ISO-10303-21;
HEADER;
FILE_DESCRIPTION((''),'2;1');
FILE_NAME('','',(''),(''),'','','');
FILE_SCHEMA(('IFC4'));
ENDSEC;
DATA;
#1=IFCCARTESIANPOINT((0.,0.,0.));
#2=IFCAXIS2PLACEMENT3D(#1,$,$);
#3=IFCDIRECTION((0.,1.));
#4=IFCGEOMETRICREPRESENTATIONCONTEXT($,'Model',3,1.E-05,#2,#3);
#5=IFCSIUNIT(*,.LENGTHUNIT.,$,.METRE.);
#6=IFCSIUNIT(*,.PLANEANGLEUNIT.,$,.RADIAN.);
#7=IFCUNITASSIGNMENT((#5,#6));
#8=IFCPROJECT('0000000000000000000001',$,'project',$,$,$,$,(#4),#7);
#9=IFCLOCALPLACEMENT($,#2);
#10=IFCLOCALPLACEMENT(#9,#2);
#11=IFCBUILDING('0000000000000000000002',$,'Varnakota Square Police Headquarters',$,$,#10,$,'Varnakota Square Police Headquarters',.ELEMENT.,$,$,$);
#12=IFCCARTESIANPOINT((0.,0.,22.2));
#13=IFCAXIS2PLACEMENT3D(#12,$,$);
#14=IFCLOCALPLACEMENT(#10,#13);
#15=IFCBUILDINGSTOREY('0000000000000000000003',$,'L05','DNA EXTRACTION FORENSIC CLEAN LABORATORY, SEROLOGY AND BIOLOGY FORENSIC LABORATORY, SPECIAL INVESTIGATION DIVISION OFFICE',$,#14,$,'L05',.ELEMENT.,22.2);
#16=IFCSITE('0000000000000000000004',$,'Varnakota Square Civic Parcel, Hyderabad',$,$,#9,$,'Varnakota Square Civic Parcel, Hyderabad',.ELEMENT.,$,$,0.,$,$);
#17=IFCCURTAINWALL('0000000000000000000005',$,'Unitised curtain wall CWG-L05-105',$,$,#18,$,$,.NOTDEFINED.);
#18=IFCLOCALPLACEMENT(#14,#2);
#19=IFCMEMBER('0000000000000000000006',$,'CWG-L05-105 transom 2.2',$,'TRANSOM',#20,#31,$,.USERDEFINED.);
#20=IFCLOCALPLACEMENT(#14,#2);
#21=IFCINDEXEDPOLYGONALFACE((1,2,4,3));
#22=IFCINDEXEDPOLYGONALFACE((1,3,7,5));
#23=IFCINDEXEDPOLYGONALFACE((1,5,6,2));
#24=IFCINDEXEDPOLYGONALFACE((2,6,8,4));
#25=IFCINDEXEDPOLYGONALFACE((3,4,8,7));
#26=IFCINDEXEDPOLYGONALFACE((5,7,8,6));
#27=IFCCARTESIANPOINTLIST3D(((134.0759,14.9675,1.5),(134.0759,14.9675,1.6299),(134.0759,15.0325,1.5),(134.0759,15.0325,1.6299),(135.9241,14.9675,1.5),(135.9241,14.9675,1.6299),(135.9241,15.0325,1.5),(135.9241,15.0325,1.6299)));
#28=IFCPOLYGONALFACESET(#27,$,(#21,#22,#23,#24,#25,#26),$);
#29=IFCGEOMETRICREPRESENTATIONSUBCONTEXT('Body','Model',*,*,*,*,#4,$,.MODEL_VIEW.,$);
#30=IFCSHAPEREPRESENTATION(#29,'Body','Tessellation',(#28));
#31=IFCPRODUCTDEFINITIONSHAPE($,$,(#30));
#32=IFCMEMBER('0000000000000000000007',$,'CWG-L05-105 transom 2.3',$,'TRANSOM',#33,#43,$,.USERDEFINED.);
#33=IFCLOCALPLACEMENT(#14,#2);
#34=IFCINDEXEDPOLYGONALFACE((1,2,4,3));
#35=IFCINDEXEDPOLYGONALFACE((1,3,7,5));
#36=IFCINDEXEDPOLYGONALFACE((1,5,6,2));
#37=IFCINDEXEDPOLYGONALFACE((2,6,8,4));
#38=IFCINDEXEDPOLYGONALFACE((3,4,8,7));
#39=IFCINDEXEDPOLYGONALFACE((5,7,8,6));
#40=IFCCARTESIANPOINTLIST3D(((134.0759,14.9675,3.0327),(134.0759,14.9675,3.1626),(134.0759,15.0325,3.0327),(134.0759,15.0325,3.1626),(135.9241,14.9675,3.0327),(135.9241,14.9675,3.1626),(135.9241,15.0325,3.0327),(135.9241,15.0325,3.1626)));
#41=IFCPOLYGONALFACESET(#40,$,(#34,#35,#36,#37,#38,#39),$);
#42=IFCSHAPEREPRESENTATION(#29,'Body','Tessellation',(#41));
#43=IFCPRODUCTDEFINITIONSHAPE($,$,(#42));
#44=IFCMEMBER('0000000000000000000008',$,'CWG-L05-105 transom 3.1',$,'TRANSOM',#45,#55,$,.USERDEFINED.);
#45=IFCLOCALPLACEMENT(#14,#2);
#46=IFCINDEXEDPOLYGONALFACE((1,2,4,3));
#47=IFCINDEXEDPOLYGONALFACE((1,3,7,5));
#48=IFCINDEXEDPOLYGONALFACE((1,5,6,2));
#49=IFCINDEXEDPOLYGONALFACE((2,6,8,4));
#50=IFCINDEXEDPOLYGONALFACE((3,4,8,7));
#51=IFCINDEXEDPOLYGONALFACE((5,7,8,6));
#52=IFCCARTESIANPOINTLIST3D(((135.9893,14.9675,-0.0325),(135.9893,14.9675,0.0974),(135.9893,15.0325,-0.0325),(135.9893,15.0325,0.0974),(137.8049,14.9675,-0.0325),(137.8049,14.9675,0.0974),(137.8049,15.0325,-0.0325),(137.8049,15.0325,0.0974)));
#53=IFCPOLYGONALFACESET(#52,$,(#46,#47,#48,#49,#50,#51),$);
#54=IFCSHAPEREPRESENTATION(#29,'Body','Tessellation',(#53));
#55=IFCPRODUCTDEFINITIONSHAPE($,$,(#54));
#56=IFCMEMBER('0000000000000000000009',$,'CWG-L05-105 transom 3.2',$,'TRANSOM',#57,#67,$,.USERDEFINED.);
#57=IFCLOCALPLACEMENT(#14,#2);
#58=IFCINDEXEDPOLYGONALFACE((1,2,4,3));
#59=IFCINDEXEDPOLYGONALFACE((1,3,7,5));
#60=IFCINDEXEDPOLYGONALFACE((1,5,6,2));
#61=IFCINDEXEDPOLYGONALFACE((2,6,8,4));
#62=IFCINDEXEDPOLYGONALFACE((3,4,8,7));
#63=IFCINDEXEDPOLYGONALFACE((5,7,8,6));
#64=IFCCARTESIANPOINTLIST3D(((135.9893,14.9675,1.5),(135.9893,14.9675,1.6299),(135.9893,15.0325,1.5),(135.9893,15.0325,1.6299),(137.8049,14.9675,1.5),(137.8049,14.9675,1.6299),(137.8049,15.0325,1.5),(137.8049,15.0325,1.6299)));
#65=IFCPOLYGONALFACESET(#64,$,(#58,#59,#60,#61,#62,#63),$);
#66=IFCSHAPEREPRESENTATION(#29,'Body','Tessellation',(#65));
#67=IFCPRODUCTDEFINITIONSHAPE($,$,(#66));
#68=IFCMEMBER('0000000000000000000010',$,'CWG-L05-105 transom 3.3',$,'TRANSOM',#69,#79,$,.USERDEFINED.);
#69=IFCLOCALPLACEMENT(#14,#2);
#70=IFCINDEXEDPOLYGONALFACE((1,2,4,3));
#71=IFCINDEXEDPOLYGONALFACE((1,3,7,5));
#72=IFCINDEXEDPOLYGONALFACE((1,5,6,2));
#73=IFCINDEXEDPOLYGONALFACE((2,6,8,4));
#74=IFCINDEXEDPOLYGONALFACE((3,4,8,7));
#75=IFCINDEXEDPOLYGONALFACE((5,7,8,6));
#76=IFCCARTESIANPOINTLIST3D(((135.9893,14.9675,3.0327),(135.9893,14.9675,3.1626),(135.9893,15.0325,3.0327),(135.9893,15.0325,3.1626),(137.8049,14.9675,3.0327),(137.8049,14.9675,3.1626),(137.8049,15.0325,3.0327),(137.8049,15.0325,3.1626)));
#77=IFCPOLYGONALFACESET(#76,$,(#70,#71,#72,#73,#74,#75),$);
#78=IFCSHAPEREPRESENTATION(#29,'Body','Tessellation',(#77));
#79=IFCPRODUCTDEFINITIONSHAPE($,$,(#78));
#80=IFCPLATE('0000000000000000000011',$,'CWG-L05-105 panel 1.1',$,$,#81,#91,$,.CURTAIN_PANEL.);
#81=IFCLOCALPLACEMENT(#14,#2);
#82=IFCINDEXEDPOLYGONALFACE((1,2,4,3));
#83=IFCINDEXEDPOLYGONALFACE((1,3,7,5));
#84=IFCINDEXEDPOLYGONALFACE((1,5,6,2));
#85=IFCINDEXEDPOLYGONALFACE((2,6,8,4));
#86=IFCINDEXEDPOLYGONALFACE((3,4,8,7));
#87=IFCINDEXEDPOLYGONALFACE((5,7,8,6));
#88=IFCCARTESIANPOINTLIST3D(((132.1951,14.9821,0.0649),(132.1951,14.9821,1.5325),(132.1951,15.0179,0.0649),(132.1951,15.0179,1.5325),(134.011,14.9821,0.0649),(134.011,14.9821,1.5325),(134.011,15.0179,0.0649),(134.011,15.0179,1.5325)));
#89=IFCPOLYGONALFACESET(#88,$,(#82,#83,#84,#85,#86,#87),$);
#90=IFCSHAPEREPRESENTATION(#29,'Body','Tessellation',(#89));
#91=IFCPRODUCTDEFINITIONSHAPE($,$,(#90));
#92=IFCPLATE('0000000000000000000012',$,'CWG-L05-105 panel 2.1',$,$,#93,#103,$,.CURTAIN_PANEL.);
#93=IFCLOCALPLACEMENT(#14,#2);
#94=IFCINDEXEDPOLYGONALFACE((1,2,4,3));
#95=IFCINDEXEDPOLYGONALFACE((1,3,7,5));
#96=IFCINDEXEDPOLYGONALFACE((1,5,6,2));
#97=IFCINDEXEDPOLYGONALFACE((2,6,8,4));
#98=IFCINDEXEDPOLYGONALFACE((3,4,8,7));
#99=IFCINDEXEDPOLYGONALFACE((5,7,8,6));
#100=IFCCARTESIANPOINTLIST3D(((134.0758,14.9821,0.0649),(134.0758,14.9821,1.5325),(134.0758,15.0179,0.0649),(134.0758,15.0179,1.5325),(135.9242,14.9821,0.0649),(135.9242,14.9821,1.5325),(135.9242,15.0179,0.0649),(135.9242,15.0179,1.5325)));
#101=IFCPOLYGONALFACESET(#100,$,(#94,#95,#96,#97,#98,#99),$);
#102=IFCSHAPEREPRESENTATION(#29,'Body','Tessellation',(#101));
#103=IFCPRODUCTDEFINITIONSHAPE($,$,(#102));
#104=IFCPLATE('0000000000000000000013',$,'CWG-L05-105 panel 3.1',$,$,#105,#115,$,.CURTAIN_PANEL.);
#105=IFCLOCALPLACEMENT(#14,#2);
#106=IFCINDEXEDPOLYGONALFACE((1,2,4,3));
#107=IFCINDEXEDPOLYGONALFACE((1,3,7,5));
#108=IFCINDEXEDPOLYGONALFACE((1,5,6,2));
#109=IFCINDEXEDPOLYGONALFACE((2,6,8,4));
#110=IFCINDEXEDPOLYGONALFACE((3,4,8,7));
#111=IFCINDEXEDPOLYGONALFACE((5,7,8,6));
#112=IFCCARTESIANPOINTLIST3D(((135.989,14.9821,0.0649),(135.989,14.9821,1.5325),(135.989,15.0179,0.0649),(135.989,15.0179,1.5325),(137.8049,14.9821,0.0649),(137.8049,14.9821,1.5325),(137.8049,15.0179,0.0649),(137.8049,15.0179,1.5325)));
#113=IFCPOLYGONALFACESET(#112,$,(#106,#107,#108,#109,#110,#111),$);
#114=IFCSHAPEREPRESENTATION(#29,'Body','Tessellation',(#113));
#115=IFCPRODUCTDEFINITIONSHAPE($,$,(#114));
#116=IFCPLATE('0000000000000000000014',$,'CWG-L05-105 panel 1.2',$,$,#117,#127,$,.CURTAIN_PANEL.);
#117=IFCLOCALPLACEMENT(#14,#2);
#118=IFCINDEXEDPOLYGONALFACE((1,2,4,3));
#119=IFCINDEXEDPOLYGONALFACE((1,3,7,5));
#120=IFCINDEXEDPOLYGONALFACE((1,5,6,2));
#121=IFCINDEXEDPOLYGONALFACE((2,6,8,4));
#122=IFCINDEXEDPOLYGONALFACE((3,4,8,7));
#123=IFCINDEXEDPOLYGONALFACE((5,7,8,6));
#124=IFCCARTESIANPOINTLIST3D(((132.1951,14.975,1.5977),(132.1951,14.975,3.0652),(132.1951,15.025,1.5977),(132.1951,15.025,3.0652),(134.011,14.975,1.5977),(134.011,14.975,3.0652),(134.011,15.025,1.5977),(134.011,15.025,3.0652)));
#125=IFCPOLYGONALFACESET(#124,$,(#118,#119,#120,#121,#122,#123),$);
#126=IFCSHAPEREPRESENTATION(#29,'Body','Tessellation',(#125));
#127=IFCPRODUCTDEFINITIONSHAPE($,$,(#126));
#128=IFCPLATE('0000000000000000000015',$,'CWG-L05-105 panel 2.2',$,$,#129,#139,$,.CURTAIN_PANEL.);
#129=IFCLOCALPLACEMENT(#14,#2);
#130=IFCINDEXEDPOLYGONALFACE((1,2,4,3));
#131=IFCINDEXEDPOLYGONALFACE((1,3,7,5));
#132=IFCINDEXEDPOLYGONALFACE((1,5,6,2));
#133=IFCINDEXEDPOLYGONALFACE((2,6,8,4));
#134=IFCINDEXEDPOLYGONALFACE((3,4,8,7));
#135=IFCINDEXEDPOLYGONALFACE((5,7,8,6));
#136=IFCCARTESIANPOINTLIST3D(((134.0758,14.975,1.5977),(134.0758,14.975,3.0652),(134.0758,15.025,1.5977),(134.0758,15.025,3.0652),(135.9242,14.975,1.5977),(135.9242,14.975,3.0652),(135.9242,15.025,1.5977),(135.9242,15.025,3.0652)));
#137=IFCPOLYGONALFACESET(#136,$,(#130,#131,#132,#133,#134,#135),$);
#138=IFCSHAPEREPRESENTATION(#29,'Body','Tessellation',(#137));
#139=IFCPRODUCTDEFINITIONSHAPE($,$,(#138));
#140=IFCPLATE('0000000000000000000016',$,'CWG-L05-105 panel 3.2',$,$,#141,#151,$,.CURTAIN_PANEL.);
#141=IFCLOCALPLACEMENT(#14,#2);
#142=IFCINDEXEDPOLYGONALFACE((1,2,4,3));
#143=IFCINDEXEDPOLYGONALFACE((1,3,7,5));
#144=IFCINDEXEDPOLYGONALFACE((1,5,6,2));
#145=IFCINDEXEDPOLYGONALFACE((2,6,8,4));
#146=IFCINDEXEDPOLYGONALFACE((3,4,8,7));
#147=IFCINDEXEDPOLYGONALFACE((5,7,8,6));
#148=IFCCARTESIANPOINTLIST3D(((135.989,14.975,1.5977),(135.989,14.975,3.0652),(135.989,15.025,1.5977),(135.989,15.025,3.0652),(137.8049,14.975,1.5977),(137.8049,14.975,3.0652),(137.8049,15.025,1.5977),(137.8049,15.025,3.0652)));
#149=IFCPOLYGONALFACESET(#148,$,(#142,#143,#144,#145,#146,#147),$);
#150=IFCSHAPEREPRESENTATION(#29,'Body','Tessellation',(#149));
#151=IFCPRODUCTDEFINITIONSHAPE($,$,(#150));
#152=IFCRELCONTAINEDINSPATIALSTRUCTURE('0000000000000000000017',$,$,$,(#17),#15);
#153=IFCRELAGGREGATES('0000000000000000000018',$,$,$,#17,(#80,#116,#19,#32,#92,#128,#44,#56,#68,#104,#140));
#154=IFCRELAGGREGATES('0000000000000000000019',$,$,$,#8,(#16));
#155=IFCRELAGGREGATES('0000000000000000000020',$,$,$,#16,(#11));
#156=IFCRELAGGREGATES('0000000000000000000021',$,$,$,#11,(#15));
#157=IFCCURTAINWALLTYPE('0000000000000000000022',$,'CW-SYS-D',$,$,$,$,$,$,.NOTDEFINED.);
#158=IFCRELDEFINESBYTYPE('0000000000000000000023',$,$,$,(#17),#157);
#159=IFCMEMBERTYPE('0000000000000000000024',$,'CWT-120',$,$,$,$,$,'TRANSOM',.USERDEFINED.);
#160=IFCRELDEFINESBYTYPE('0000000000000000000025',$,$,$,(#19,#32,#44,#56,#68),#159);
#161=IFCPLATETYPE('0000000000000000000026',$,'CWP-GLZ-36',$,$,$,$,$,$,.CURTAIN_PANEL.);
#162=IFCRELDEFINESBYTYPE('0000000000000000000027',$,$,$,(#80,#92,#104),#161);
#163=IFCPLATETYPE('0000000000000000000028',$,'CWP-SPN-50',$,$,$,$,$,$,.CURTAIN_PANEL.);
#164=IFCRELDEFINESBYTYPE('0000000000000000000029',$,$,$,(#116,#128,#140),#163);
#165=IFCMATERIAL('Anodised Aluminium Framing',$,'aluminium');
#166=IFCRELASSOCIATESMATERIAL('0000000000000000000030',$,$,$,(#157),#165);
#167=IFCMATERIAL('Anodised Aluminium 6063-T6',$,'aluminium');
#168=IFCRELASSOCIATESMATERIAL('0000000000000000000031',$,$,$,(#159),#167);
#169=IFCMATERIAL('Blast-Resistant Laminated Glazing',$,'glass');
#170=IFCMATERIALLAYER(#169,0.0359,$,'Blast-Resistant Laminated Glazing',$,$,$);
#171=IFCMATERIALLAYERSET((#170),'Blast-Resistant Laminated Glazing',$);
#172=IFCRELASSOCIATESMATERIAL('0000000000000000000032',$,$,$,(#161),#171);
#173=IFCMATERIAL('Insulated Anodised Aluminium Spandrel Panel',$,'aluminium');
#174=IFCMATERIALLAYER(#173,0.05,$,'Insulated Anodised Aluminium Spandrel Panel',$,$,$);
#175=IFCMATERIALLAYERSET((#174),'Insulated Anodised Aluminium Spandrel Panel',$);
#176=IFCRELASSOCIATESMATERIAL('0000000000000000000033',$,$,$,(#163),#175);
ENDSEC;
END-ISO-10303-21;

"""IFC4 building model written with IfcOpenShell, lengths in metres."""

from ifc_helpers import new_model, si_unit, direction, frame, origin, origin_2d, place, context, subcontext, project, spatial, rectangle, extrude, material, layer, layer_set, material_profile, profile_set, type_object, element, aggregate, save


model = new_model("IFC4")

# Units and contexts
model_context = context("Model", 3, precision=1e-05, world=origin(), true_north=direction((0.0, 1.0)))
body_context = subcontext(model_context, "Body", "Model", "MODEL_VIEW")
ifc_project = project(units=[si_unit("LENGTHUNIT", "METRE"), si_unit("PLANEANGLEUNIT", "RADIAN")], contexts=[model_context])

# Site, building, storey
site_placement = place(None, origin())
site = spatial("IfcSite", under=ifc_project, at=site_placement, Name="Varnakota Square Civic Parcel, Hyderabad", LongName="Varnakota Square Civic Parcel, Hyderabad", CompositionType="ELEMENT", RefElevation=0.0)
building_placement = place(site_placement, origin())
building = spatial("IfcBuilding", under=site, at=building_placement, Name="Varnakota Square Police Headquarters", LongName="Varnakota Square Police Headquarters", CompositionType="ELEMENT")
storey_placement = place(building_placement, frame((0.0, 0.0, 22.2)))
storey = spatial("IfcBuildingStorey", under=building, at=storey_placement, Name="L05", Description="DNA EXTRACTION FORENSIC CLEAN LABORATORY, SEROLOGY AND BIOLOGY FORENSIC LABORATORY, SPECIAL INVESTIGATION DIVISION OFFICE", LongName="L05", CompositionType="ELEMENT", Elevation=22.2)

# Curtain wall, members, plates
ifc_material_1 = material(Name="Anodised Aluminium Framing", Category="aluminium")
curtain_wall_type = type_object("IfcCurtainWallType", Name="CW-SYS-D", PredefinedType="NOTDEFINED", material=ifc_material_1)
curtain_wall_placement = place(storey_placement, origin())
curtain_wall = element("IfcCurtainWall", 1, at=curtain_wall_placement, inside=storey, type_object=curtain_wall_type, Name="Unitised curtain wall CWG-L05-105", PredefinedType="NOTDEFINED")
ifc_material_2 = material(Name="Anodised Aluminium 6063-T6", Category="aluminium")
ifc_material_profile_1 = material_profile(ifc_material_2, rectangle(XDim=0.0649, YDim=0.1299, at=origin_2d()), Name="ALU TRANSOM 65x130")
ifc_profile_set_1 = profile_set([ifc_material_profile_1], Name="Anodised Aluminium 6063-T6")
member_type_1 = type_object("IfcMemberType", Name="CWT-120", ElementType="TRANSOM", PredefinedType="USERDEFINED", material=ifc_profile_set_1)
member_1_placement = place(storey_placement, frame((134.0759, 15.0, 1.5649), z_axis=(1.0, 0.0, 0.0), x_axis=(0.0, 1.0, 0.0)))
member_1 = element("IfcMember", 2, at=member_1_placement, type_object=member_type_1, Name="CWG-L05-105 transom 2.2", ObjectType="TRANSOM", PredefinedType="USERDEFINED", context=body_context, shape_type="SweptSolid", body=[
    extrude(rectangle(XDim=0.0649, YDim=0.1299, at=origin_2d()), origin(), (0.0, 0.0, 1.0), 1.8481),
])
member_2_placement = place(storey_placement, frame((134.0759, 15.0, 3.0977), z_axis=(1.0, 0.0, 0.0), x_axis=(0.0, 1.0, 0.0)))
member_2 = element("IfcMember", 3, at=member_2_placement, type_object=member_type_1, Name="CWG-L05-105 transom 2.3", ObjectType="TRANSOM", PredefinedType="USERDEFINED", context=body_context, shape_type="SweptSolid", body=[
    extrude(rectangle(XDim=0.0649, YDim=0.1299, at=origin_2d()), origin(), (0.0, 0.0, 1.0), 1.8481),
])
member_3_placement = place(storey_placement, frame((135.9893, 15.0, 0.0325), z_axis=(1.0, 0.0, 0.0), x_axis=(0.0, 1.0, 0.0)))
member_3 = element("IfcMember", 4, at=member_3_placement, type_object=member_type_1, Name="CWG-L05-105 transom 3.1", ObjectType="TRANSOM", PredefinedType="USERDEFINED", context=body_context, shape_type="SweptSolid", body=[
    extrude(rectangle(XDim=0.0649, YDim=0.1299, at=origin_2d()), origin(), (0.0, 0.0, 1.0), 1.8157),
])
member_4_placement = place(storey_placement, frame((135.9893, 15.0, 1.5649), z_axis=(1.0, 0.0, 0.0), x_axis=(0.0, 1.0, 0.0)))
member_4 = element("IfcMember", 5, at=member_4_placement, type_object=member_type_1, Name="CWG-L05-105 transom 3.2", ObjectType="TRANSOM", PredefinedType="USERDEFINED", context=body_context, shape_type="SweptSolid", body=[
    extrude(rectangle(XDim=0.0649, YDim=0.1299, at=origin_2d()), origin(), (0.0, 0.0, 1.0), 1.8157),
])
member_5_placement = place(storey_placement, frame((135.9893, 15.0, 3.0977), z_axis=(1.0, 0.0, 0.0), x_axis=(0.0, 1.0, 0.0)))
member_5 = element("IfcMember", 6, at=member_5_placement, type_object=member_type_1, Name="CWG-L05-105 transom 3.3", ObjectType="TRANSOM", PredefinedType="USERDEFINED", context=body_context, shape_type="SweptSolid", body=[
    extrude(rectangle(XDim=0.0649, YDim=0.1299, at=origin_2d()), origin(), (0.0, 0.0, 1.0), 1.8157),
])
ifc_material_3 = material(Name="Blast-Resistant Laminated Glazing", Category="glass")
ifc_layer_1 = layer(ifc_material_3, 0.0359, Name="Blast-Resistant Laminated Glazing")
ifc_layer_set_1 = layer_set([ifc_layer_1], Name="Blast-Resistant Laminated Glazing")
plate_type_1 = type_object("IfcPlateType", Name="CWP-GLZ-36", PredefinedType="CURTAIN_PANEL", material=ifc_layer_set_1)
plate_1_placement = place(storey_placement, frame((133.103, 15.0, 0.0649), z_axis=(0.0, 0.0, 1.0), x_axis=(1.0, 0.0, 0.0)))
plate_1 = element("IfcPlate", 7, at=plate_1_placement, type_object=plate_type_1, Name="CWG-L05-105 panel 1.1", PredefinedType="CURTAIN_PANEL", context=body_context, shape_type="SweptSolid", body=[
    extrude(rectangle(XDim=1.8159, YDim=0.0359, at=origin_2d()), origin(), (0.0, 0.0, 1.0), 1.4675),
])
plate_2_placement = place(storey_placement, frame((135.0, 15.0, 0.0649), z_axis=(0.0, 0.0, 1.0), x_axis=(1.0, 0.0, 0.0)))
plate_2 = element("IfcPlate", 8, at=plate_2_placement, type_object=plate_type_1, Name="CWG-L05-105 panel 2.1", PredefinedType="CURTAIN_PANEL", context=body_context, shape_type="SweptSolid", body=[
    extrude(rectangle(XDim=1.8484, YDim=0.0359, at=origin_2d()), origin(), (0.0, 0.0, 1.0), 1.4675),
])
plate_3_placement = place(storey_placement, frame((136.897, 15.0, 0.0649), z_axis=(0.0, 0.0, 1.0), x_axis=(1.0, 0.0, 0.0)))
plate_3 = element("IfcPlate", 9, at=plate_3_placement, type_object=plate_type_1, Name="CWG-L05-105 panel 3.1", PredefinedType="CURTAIN_PANEL", context=body_context, shape_type="SweptSolid", body=[
    extrude(rectangle(XDim=1.8159, YDim=0.0359, at=origin_2d()), origin(), (0.0, 0.0, 1.0), 1.4675),
])
ifc_material_4 = material(Name="Insulated Anodised Aluminium Spandrel Panel", Category="aluminium")
ifc_layer_2 = layer(ifc_material_4, 0.05, Name="Insulated Anodised Aluminium Spandrel Panel")
ifc_layer_set_2 = layer_set([ifc_layer_2], Name="Insulated Anodised Aluminium Spandrel Panel")
plate_type_2 = type_object("IfcPlateType", Name="CWP-SPN-50", PredefinedType="CURTAIN_PANEL", material=ifc_layer_set_2)
plate_4_placement = place(storey_placement, frame((133.103, 15.0, 1.5977), z_axis=(0.0, 0.0, 1.0), x_axis=(1.0, 0.0, 0.0)))
plate_4 = element("IfcPlate", 10, at=plate_4_placement, type_object=plate_type_2, Name="CWG-L05-105 panel 1.2", PredefinedType="CURTAIN_PANEL", context=body_context, shape_type="SweptSolid", body=[
    extrude(rectangle(XDim=1.8159, YDim=0.05, at=origin_2d()), origin(), (0.0, 0.0, 1.0), 1.4675),
])
plate_5_placement = place(storey_placement, frame((135.0, 15.0, 1.5977), z_axis=(0.0, 0.0, 1.0), x_axis=(1.0, 0.0, 0.0)))
plate_5 = element("IfcPlate", 11, at=plate_5_placement, type_object=plate_type_2, Name="CWG-L05-105 panel 2.2", PredefinedType="CURTAIN_PANEL", context=body_context, shape_type="SweptSolid", body=[
    extrude(rectangle(XDim=1.8484, YDim=0.05, at=origin_2d()), origin(), (0.0, 0.0, 1.0), 1.4675),
])
plate_6_placement = place(storey_placement, frame((136.897, 15.0, 1.5977), z_axis=(0.0, 0.0, 1.0), x_axis=(1.0, 0.0, 0.0)))
plate_6 = element("IfcPlate", 12, at=plate_6_placement, type_object=plate_type_2, Name="CWG-L05-105 panel 3.2", PredefinedType="CURTAIN_PANEL", context=body_context, shape_type="SweptSolid", body=[
    extrude(rectangle(XDim=1.8159, YDim=0.05, at=origin_2d()), origin(), (0.0, 0.0, 1.0), 1.4675),
])
aggregate(curtain_wall, [plate_1, plate_4, member_1, member_2, plate_2, plate_5, member_3, member_4, member_5, plate_3, plate_6])

save(model, "model.ifc")
